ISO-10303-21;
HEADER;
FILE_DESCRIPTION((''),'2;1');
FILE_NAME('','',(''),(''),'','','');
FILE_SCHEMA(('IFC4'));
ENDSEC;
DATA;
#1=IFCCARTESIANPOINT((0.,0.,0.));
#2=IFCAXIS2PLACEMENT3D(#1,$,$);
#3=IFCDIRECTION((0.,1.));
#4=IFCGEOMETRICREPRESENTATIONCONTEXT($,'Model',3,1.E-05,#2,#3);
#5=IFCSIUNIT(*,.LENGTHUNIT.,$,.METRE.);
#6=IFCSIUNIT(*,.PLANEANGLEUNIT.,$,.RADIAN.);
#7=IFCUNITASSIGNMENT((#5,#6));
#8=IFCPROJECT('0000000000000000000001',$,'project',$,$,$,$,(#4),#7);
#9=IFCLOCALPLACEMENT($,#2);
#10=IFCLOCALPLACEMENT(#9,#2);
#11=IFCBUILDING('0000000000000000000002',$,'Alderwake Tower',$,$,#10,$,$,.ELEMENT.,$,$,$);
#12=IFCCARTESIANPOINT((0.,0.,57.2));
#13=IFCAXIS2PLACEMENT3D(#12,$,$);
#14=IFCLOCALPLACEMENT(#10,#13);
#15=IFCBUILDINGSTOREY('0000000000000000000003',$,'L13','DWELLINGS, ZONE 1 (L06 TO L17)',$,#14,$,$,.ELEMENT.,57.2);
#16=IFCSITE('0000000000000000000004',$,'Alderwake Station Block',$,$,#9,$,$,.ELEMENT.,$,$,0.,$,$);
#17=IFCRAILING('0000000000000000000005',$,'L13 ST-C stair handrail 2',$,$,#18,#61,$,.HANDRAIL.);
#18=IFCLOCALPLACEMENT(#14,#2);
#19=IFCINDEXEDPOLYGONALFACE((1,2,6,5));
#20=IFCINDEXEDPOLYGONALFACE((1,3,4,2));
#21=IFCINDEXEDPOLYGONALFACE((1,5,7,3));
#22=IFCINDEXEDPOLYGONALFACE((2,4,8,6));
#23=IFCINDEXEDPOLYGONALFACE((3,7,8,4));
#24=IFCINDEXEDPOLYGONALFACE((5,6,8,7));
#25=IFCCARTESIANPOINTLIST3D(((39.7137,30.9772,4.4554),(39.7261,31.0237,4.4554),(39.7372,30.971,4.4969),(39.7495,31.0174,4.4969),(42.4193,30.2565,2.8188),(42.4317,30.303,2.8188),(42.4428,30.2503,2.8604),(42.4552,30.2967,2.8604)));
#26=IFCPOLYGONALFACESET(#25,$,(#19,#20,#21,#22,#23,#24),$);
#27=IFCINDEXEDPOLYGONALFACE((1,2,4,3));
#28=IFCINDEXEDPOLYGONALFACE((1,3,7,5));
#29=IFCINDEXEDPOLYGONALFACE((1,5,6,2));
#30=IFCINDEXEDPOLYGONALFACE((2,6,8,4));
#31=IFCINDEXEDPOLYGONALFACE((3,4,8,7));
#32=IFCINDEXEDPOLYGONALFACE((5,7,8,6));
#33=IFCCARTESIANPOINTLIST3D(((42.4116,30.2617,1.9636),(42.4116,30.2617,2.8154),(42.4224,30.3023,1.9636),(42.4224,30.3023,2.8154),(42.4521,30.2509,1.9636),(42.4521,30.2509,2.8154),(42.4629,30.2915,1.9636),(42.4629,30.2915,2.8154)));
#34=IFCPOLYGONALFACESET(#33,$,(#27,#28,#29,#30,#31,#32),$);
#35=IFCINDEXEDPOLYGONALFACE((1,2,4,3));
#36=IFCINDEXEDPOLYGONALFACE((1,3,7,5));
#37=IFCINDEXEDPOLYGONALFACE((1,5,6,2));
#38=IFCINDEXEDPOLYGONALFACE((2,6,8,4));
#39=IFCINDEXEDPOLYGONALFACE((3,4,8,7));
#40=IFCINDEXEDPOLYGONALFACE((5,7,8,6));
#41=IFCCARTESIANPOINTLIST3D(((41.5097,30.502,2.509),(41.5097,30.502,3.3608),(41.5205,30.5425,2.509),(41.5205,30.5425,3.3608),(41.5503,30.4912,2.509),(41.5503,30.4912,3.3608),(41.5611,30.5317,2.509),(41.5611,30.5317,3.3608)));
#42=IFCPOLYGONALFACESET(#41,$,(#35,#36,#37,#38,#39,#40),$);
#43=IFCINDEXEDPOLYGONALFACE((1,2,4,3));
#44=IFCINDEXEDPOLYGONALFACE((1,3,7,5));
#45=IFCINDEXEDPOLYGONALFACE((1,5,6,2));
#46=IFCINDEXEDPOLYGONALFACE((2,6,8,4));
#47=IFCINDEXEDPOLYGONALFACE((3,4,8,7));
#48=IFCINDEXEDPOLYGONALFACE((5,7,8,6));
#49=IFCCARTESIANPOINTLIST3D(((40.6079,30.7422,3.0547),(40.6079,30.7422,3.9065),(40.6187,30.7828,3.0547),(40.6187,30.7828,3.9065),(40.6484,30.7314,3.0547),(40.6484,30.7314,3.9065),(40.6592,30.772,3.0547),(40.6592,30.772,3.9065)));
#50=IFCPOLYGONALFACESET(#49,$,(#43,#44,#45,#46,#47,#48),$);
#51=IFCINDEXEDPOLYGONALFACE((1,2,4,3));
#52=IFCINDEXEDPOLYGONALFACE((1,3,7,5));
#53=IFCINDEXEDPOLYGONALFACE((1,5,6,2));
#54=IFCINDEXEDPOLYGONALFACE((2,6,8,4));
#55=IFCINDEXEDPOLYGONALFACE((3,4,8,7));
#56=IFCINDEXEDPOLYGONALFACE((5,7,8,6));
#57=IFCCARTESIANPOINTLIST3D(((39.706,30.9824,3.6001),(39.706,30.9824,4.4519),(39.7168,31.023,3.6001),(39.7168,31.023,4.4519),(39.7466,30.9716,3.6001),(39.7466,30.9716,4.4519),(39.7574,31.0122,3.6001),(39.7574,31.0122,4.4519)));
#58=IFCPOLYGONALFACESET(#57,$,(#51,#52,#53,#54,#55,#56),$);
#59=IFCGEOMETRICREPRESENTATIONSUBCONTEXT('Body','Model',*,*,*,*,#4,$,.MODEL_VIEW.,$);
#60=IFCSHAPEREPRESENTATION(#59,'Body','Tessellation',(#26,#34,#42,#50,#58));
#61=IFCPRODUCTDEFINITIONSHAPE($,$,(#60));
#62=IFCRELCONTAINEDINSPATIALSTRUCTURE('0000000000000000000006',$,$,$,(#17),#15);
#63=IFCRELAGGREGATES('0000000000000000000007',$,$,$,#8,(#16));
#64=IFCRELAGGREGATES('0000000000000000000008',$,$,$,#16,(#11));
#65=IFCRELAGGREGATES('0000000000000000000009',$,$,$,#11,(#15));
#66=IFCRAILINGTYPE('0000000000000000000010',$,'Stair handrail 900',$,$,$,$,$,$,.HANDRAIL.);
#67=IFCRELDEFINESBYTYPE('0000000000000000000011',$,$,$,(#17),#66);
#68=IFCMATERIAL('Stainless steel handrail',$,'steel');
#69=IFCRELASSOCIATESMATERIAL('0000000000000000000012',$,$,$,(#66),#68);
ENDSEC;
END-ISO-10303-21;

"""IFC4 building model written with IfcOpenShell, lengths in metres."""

from ifc_helpers import new_model, si_unit, direction, frame, origin, origin_2d, place, context, subcontext, project, spatial, rectangle, extrude, material, type_object, element, save


model = new_model("IFC4")

# Units and contexts
model_context = context("Model", 3, precision=1e-05, world=origin(), true_north=direction((0.0, 1.0)))
body_context = subcontext(model_context, "Body", "Model", "MODEL_VIEW")
ifc_project = project(units=[si_unit("LENGTHUNIT", "METRE"), si_unit("PLANEANGLEUNIT", "RADIAN")], contexts=[model_context])

# Site, building, storey
site_placement = place(None, origin())
site = spatial("IfcSite", under=ifc_project, at=site_placement, Name="Alderwake Station Block", CompositionType="ELEMENT", RefElevation=0.0)
building_placement = place(site_placement, origin())
building = spatial("IfcBuilding", under=site, at=building_placement, Name="Alderwake Tower", CompositionType="ELEMENT")
storey_placement = place(building_placement, frame((0.0, 0.0, 57.2)))
storey = spatial("IfcBuildingStorey", under=building, at=storey_placement, Name="L13", Description="DWELLINGS, ZONE 1 (L06 TO L17)", CompositionType="ELEMENT", Elevation=57.2)

# Railing
ifc_material_1 = material(Name="Stainless steel handrail", Category="steel")
railing_type_1 = type_object("IfcRailingType", Name="Stair handrail 900", PredefinedType="HANDRAIL", material=ifc_material_1)
railing_1_placement = place(storey_placement, frame((42.4373, 30.2766, 1.9636)))
element("IfcRailing", 1, at=railing_1_placement, inside=storey, type_object=railing_type_1, Name="L13 ST-C stair handrail 2", PredefinedType="HANDRAIL", context=body_context, shape_type="SweptSolid", body=[
    extrude(rectangle(XDim=0.0481, YDim=0.0481, at=origin_2d()), frame((0.0, 0.0, 0.876), z_axis=(-0.834259, 0.222228, 0.504605), x_axis=(-0.257402, -0.966304, 0.0)), (0.0, 0.0, 1.0), 3.2432),
    extrude(rectangle(XDim=0.042, YDim=0.042, at=origin_2d()), frame((0.0, 0.0, 0.0), z_axis=(0.0, 0.0, 1.0), x_axis=(-0.966304, 0.257402, 0.0)), (0.0, 0.0, 1.0), 0.8518),
    extrude(rectangle(XDim=0.042, YDim=0.042, at=origin_2d()), frame((-0.9019, 0.2402, 0.5454), z_axis=(0.0, 0.0, 1.0), x_axis=(-0.966304, 0.257402, 0.0)), (0.0, 0.0, 1.0), 0.8518),
    extrude(rectangle(XDim=0.042, YDim=0.042, at=origin_2d()), frame((-1.8037, 0.4805, 1.0911), z_axis=(0.0, 0.0, 1.0), x_axis=(-0.966304, 0.257402, 0.0)), (0.0, 0.0, 1.0), 0.8518),
    extrude(rectangle(XDim=0.042, YDim=0.042, at=origin_2d()), frame((-2.7056, 0.7207, 1.6365), z_axis=(0.0, 0.0, 1.0), x_axis=(-0.966304, 0.257402, 0.0)), (0.0, 0.0, 1.0), 0.8518),
])

save(model, "model.ifc")
